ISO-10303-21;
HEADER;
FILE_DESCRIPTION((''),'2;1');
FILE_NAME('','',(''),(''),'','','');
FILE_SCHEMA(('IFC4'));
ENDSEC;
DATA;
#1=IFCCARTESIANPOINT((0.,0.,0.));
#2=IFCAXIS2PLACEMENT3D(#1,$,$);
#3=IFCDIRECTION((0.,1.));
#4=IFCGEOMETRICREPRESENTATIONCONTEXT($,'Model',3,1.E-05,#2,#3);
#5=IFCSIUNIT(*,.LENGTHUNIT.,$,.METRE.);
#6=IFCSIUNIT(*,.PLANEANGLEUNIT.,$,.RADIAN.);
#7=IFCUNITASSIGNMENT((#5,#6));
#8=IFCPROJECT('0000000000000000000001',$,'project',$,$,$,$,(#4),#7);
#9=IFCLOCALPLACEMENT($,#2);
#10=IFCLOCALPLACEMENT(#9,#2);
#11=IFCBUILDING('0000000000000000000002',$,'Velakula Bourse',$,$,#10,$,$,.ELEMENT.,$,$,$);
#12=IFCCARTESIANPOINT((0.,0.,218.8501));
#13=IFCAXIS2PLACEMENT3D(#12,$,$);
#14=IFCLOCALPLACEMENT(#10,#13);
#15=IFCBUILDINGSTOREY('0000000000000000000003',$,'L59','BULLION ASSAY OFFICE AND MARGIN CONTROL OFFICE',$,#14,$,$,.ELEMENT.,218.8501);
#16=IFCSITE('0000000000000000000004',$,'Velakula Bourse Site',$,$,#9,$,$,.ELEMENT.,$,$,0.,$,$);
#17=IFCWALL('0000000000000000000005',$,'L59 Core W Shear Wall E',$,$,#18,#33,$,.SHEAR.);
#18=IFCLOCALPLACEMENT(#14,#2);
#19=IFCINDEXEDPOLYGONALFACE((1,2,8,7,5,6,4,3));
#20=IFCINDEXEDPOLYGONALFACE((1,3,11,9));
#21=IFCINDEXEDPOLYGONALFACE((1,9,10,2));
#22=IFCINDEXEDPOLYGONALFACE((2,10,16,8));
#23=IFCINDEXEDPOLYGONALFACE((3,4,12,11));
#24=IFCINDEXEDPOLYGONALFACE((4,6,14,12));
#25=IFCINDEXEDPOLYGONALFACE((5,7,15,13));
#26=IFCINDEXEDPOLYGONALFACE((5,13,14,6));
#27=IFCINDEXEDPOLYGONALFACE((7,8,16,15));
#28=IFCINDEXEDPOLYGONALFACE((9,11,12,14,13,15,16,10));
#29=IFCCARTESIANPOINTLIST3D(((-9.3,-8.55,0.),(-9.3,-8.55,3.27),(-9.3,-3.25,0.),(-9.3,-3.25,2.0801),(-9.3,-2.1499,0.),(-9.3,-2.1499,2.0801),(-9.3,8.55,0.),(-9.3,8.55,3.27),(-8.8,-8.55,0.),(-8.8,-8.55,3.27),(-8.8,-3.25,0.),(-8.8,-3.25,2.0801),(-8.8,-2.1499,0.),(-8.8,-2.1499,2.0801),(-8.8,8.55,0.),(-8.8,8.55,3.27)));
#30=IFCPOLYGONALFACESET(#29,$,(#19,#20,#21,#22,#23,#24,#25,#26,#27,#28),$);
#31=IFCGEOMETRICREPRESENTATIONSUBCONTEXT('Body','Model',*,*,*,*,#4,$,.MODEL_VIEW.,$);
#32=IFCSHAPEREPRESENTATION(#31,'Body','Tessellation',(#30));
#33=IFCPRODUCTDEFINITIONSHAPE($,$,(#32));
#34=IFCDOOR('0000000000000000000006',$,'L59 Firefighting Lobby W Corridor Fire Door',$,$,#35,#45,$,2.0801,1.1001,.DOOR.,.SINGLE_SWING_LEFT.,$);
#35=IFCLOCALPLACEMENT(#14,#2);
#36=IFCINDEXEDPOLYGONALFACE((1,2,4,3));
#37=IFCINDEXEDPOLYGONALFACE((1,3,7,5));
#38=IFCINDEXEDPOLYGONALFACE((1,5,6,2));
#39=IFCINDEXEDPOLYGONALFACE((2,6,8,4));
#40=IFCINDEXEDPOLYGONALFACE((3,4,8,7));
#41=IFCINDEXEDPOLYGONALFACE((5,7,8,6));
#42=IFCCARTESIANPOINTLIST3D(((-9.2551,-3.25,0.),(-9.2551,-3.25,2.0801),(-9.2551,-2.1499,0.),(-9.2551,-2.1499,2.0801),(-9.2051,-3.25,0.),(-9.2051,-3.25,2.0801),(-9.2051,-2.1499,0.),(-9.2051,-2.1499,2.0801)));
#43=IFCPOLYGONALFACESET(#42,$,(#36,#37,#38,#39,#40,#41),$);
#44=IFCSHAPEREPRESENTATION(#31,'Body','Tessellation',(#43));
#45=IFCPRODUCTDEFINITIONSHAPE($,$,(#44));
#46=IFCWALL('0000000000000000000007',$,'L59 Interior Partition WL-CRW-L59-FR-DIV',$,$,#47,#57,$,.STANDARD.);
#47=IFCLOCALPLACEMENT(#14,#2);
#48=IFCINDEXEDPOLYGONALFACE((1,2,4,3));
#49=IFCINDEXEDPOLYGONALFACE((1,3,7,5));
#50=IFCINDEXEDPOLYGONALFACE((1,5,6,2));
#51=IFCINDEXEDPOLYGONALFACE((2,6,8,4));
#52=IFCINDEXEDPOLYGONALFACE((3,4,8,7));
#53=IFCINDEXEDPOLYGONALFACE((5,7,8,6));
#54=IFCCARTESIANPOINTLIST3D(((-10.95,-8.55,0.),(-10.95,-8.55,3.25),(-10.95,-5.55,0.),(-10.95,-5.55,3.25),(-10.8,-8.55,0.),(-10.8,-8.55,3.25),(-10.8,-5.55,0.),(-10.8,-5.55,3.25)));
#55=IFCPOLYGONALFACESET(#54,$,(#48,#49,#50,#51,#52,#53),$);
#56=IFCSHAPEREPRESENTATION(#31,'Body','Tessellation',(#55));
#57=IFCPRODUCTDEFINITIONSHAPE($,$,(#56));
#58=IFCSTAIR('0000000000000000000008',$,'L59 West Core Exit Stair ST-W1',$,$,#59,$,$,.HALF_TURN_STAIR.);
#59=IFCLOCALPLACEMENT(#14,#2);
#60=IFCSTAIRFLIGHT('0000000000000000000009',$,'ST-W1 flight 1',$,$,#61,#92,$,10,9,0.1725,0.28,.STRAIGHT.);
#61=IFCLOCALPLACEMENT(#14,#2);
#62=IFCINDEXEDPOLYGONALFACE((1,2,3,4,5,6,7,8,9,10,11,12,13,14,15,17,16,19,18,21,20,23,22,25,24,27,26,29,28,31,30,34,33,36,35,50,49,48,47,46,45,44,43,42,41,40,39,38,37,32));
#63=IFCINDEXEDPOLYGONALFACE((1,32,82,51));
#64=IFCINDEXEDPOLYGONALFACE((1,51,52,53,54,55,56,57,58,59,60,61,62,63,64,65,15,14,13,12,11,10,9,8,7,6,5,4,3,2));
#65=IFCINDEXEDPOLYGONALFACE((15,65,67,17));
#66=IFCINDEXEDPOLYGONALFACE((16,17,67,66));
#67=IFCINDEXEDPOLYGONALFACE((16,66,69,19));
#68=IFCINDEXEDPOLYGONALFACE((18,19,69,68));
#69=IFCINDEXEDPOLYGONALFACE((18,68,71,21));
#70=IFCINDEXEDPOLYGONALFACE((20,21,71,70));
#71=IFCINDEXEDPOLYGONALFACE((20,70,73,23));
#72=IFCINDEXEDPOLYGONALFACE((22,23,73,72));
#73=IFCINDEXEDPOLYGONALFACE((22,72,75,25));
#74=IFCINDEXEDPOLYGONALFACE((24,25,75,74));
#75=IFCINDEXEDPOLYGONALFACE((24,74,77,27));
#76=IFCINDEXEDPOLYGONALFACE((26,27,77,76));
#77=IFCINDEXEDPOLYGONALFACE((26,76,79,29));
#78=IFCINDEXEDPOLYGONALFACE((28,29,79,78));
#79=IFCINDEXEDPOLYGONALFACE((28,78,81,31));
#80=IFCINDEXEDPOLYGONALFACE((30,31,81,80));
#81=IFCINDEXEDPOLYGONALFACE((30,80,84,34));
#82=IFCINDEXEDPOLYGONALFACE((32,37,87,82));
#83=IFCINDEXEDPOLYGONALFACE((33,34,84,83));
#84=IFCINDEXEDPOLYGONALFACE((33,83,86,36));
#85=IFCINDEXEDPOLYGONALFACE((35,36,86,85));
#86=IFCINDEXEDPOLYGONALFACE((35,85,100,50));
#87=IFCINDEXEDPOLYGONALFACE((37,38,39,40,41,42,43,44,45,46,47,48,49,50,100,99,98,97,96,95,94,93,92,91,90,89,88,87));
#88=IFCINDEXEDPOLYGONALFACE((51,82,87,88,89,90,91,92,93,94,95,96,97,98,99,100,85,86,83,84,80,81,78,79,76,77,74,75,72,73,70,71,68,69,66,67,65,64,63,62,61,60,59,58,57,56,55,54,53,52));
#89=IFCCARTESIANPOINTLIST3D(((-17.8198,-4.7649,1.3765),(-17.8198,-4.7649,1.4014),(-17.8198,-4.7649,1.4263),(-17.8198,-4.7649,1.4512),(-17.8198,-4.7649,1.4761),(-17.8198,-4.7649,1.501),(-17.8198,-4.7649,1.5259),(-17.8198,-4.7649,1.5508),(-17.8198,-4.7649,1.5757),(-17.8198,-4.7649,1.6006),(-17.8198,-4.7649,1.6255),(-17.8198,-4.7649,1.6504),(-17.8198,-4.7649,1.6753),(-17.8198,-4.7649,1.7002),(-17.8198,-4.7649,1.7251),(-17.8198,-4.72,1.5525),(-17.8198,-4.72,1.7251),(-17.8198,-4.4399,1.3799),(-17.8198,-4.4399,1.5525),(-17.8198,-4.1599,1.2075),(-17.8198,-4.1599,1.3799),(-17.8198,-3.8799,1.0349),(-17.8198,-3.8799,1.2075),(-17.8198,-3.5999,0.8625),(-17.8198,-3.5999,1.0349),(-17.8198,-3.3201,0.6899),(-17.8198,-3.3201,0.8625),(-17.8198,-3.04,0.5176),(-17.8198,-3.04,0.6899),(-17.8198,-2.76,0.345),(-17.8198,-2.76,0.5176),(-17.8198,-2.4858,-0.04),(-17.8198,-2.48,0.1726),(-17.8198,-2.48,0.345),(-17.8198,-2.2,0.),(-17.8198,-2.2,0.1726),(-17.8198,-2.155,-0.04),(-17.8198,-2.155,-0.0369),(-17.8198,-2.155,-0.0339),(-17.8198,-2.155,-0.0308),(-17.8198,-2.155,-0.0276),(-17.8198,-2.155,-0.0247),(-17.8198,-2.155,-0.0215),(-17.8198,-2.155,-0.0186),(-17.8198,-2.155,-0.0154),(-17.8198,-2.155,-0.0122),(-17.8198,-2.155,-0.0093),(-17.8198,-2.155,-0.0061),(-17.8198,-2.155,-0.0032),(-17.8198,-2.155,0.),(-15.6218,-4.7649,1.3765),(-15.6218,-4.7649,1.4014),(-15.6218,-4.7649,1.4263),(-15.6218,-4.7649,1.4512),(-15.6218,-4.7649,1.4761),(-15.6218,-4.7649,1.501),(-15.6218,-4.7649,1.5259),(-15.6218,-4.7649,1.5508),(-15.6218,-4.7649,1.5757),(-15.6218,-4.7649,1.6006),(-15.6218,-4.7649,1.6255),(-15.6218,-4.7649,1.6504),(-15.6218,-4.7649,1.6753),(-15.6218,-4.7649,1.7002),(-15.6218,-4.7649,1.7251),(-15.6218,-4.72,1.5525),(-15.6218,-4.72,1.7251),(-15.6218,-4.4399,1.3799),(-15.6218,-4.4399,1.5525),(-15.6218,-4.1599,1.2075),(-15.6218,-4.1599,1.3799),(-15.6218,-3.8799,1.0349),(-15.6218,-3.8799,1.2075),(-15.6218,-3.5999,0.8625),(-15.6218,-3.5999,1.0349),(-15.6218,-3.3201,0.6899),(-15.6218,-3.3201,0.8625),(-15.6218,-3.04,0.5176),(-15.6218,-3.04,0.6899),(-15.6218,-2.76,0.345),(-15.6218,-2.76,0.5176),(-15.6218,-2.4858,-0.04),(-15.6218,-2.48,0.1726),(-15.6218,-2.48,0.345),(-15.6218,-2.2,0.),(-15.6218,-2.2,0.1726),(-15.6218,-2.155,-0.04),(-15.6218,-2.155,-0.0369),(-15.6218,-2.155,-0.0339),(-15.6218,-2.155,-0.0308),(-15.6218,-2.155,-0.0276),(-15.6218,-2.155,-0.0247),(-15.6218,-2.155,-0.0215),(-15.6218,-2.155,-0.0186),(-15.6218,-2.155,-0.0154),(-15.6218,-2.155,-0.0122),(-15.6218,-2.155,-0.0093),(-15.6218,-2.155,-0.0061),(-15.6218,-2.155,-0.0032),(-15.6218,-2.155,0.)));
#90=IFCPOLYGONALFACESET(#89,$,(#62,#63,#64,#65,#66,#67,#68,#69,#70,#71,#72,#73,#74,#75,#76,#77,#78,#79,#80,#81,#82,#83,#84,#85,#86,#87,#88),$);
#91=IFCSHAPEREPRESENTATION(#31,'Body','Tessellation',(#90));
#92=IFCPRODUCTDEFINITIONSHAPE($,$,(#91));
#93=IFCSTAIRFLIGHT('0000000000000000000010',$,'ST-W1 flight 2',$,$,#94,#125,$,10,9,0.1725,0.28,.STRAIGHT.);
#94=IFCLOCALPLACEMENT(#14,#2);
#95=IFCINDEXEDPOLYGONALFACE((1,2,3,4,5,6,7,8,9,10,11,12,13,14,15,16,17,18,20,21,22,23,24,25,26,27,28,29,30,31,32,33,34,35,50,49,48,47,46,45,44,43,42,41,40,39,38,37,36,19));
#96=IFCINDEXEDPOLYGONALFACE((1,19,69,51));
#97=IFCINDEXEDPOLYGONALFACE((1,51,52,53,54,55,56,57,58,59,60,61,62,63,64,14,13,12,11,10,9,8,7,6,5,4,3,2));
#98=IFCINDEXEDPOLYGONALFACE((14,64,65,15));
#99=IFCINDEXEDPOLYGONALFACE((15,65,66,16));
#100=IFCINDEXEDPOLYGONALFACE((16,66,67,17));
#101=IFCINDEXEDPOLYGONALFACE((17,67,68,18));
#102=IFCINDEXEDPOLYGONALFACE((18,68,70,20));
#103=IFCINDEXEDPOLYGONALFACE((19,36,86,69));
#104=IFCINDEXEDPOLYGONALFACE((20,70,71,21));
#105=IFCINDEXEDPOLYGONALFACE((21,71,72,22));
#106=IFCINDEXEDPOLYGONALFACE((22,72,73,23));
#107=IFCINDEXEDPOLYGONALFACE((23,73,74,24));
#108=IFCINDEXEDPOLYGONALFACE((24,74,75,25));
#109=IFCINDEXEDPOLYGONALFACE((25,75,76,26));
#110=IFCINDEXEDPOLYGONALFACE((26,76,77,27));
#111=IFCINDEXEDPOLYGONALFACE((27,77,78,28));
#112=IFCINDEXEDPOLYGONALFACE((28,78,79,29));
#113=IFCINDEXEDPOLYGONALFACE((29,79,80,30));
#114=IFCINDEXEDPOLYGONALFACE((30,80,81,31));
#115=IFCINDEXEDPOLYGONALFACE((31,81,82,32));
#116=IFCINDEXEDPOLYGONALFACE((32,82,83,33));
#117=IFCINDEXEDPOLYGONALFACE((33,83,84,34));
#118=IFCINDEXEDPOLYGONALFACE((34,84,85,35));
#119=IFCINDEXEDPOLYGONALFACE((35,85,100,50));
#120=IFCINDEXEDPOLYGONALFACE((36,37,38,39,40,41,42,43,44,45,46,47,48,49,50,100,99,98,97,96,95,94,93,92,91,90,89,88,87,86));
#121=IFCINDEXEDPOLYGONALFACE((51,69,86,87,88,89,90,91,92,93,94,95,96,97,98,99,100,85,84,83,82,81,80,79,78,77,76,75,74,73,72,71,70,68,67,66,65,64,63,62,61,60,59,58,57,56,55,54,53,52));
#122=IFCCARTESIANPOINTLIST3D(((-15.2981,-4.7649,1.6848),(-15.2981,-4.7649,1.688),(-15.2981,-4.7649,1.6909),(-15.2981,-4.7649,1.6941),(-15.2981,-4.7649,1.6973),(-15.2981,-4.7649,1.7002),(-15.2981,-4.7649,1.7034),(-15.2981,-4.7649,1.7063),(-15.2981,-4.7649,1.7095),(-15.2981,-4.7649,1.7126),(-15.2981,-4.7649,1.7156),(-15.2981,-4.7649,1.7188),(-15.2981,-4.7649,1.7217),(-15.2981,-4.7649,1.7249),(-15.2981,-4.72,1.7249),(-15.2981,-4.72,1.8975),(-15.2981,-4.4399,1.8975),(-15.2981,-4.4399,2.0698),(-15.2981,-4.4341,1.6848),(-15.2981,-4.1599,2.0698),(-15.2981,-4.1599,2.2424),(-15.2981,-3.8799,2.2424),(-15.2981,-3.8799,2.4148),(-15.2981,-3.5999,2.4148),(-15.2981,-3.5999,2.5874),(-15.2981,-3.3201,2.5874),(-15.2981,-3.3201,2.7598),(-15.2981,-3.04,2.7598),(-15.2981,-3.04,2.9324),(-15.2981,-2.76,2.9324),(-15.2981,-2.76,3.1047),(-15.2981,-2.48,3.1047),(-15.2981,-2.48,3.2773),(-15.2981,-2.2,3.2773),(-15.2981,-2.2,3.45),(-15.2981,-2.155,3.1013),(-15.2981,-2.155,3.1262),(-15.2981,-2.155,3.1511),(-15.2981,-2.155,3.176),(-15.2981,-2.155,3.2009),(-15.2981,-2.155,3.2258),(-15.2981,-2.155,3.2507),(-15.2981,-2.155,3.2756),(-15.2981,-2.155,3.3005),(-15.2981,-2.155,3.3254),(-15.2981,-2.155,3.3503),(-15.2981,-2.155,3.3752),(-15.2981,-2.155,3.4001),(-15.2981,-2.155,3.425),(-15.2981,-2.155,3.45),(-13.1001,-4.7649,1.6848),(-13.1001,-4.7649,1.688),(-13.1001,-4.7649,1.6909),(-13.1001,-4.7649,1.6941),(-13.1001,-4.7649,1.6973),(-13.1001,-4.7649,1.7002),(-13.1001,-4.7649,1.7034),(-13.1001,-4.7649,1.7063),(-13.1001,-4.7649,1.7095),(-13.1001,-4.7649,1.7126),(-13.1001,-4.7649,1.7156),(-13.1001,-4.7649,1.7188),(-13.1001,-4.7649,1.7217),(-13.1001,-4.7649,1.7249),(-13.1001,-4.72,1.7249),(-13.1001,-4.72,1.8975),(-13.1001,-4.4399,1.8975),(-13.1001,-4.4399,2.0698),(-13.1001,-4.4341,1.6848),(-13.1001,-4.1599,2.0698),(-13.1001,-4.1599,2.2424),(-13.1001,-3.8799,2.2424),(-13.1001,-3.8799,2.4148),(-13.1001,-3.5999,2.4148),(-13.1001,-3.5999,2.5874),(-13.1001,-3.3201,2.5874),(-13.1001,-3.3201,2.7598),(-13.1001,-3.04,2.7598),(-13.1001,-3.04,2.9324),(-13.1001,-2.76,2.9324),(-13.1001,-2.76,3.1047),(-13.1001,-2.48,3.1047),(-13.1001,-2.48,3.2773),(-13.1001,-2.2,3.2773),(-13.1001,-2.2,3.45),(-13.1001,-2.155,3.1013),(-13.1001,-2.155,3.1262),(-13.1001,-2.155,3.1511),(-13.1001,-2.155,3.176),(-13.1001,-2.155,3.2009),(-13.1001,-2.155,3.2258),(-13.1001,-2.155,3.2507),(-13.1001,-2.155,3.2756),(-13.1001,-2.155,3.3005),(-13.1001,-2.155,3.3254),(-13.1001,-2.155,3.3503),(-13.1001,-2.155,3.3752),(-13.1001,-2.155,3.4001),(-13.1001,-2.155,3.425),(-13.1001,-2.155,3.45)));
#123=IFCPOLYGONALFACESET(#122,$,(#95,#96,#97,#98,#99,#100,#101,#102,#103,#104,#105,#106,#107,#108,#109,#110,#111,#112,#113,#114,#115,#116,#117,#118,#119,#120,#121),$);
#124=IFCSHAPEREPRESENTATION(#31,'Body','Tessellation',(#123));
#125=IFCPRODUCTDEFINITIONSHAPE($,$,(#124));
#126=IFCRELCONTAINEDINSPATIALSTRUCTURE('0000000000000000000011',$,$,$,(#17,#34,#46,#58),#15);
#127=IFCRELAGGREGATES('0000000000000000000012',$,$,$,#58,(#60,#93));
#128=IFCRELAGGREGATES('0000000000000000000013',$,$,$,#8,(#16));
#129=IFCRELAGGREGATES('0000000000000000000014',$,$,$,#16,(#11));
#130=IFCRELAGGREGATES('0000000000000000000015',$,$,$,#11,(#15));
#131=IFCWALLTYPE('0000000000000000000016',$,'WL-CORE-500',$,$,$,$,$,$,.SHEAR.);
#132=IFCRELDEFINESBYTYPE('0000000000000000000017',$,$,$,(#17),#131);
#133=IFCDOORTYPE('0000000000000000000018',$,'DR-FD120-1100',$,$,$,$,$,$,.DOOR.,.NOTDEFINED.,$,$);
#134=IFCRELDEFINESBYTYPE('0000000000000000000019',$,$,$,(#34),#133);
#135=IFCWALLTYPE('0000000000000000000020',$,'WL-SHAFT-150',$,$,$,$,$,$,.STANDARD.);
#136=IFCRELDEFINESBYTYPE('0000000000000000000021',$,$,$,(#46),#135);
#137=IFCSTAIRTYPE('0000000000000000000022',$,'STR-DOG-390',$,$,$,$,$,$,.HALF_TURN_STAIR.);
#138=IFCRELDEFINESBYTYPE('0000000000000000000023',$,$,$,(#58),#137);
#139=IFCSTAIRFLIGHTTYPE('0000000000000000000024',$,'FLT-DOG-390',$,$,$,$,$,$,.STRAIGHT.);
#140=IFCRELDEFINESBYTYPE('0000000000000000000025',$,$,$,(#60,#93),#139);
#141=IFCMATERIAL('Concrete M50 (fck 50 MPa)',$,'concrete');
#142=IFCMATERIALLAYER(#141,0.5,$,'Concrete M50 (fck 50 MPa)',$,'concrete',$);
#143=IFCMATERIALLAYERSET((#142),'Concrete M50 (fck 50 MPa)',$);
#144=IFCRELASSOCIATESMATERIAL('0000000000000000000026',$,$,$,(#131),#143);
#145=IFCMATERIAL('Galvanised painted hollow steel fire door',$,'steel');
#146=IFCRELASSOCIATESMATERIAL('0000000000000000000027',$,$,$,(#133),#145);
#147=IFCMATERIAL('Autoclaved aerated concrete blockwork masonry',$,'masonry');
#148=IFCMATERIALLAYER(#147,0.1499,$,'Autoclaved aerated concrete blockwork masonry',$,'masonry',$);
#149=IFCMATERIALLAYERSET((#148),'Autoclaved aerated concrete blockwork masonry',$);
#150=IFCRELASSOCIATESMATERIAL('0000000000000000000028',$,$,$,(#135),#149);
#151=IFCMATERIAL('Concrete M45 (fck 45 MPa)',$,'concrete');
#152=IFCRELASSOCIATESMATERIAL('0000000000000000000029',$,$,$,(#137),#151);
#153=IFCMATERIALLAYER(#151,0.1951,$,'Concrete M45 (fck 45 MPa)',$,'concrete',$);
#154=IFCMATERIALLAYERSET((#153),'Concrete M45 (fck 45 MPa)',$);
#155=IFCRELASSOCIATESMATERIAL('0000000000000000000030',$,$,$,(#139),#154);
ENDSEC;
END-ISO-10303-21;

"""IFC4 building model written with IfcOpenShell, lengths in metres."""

from ifc_helpers import new_model, si_unit, direction, frame, frame_2d, origin, place, context, subcontext, project, spatial, polyline, rectangle, outline, extrude, material, layer, layer_set, type_object, element, fill, aggregate, save


model = new_model("IFC4")

# Units and contexts
model_context = context("Model", 3, precision=1e-05, world=origin(), true_north=direction((0.0, 1.0)))
body_context = subcontext(model_context, "Body", "Model", "MODEL_VIEW")
ifc_project = project(units=[si_unit("LENGTHUNIT", "METRE"), si_unit("PLANEANGLEUNIT", "RADIAN")], contexts=[model_context])

# Site, building, storey
site_placement = place(None, origin())
site = spatial("IfcSite", under=ifc_project, at=site_placement, Name="Velakula Bourse Site", CompositionType="ELEMENT", RefElevation=0.0)
building_placement = place(site_placement, origin())
building = spatial("IfcBuilding", under=site, at=building_placement, Name="Velakula Bourse", CompositionType="ELEMENT")
storey_placement = place(building_placement, frame((0.0, 0.0, 218.8501)))
storey = spatial("IfcBuildingStorey", under=building, at=storey_placement, Name="L59", Description="BULLION ASSAY OFFICE AND MARGIN CONTROL OFFICE", CompositionType="ELEMENT", Elevation=218.8501)

# Shared definitions
ifc_material_1 = material(Name="Concrete M50 (fck 50 MPa)", Category="concrete")

# Shared definitions
ifc_material_2 = material(Name="Galvanised painted hollow steel fire door", Category="steel")

# Wall, opening, door
ifc_layer_1 = layer(ifc_material_1, 0.5, Name="Concrete M50 (fck 50 MPa)", Category="concrete")
ifc_layer_set_1 = layer_set([ifc_layer_1], Name="Concrete M50 (fck 50 MPa)")
wall_type_1 = type_object("IfcWallType", Name="WL-CORE-500", PredefinedType="SHEAR", material=ifc_layer_set_1)
wall_1_placement = place(storey_placement, frame((-9.05, -8.55, 0.0), z_axis=(0.0, 0.0, 1.0), x_axis=(0.0, 1.0, 0.0)))
wall_1 = element("IfcWall", 1, at=wall_1_placement, inside=storey, type_object=wall_type_1, Name="L59 Core W Shear Wall E", PredefinedType="SHEAR", context=body_context, shape_type="SweptSolid", body=[
    extrude(rectangle(XDim=17.1001, YDim=0.5, at=frame_2d((8.55, 0.0))), origin(), (0.0, 0.0, 1.0), 3.27),
])
opening_1_placement = place(wall_1_placement, frame((5.3, 0.0, 0.0)))
opening_1 = element("IfcOpeningElement", 2, at=opening_1_placement, cuts=wall_1, PredefinedType="OPENING", context=body_context, shape_type="SweptSolid", body=[
    extrude(rectangle(XDim=1.1001, YDim=2.0801, at=frame_2d((0.55, 1.04))), frame((0.0, 0.26, 0.0), z_axis=(0.0, -1.0, 0.0), x_axis=(1.0, 0.0, 0.0)), (0.0, 0.0, 1.0), 0.52),
])
door_type_1 = type_object("IfcDoorType", Name="DR-FD120-1100", OperationType="NOTDEFINED", PredefinedType="DOOR", material=ifc_material_2)
door_1_placement = place(opening_1_placement, origin())
door_1 = element("IfcDoor", 3, at=door_1_placement, inside=storey, type_object=door_type_1, Name="L59 Firefighting Lobby W Corridor Fire Door", OperationType="SINGLE_SWING_LEFT", OverallHeight=2.0801, OverallWidth=1.1001, PredefinedType="DOOR", context=body_context, shape_type="SweptSolid", body=[
    extrude(rectangle(XDim=1.1001, YDim=2.0801, at=frame_2d((0.55, 1.04))), frame((0.0, 0.2051, 0.0), z_axis=(0.0, -1.0, 0.0), x_axis=(1.0, 0.0, 0.0)), (0.0, 0.0, 1.0), 0.05),
])
fill(opening_1, door_1)

# Shared definitions
ifc_material_3 = material(Name="Autoclaved aerated concrete blockwork masonry", Category="masonry")
ifc_layer_2 = layer(ifc_material_3, 0.1499, Name="Autoclaved aerated concrete blockwork masonry", Category="masonry")
ifc_layer_set_2 = layer_set([ifc_layer_2], Name="Autoclaved aerated concrete blockwork masonry")
wall_type_2 = type_object("IfcWallType", Name="WL-SHAFT-150", PredefinedType="STANDARD", material=ifc_layer_set_2)

# Wall
wall_2_placement = place(storey_placement, frame((-10.875, -8.55, 0.0), z_axis=(0.0, 0.0, 1.0), x_axis=(0.0, 1.0, 0.0)))
element("IfcWall", 4, at=wall_2_placement, inside=storey, type_object=wall_type_2, Name="L59 Interior Partition WL-CRW-L59-FR-DIV", PredefinedType="STANDARD", context=body_context, shape_type="SweptSolid", body=[
    extrude(rectangle(XDim=3.0, YDim=0.1499, at=frame_2d((1.5, 0.0))), origin(), (0.0, 0.0, 1.0), 3.25),
])

# Stair, stair flights
ifc_material_4 = material(Name="Concrete M45 (fck 45 MPa)", Category="concrete")
stair_type = type_object("IfcStairType", Name="STR-DOG-390", PredefinedType="HALF_TURN_STAIR", material=ifc_material_4)
stair_placement = place(storey_placement, origin())
stair = element("IfcStair", 5, at=stair_placement, inside=storey, type_object=stair_type, Name="L59 West Core Exit Stair ST-W1", PredefinedType="HALF_TURN_STAIR")
ifc_layer_3 = layer(ifc_material_4, 0.1951, Name="Concrete M45 (fck 45 MPa)", Category="concrete")
ifc_layer_set_3 = layer_set([ifc_layer_3], Name="Concrete M45 (fck 45 MPa)")
stair_flight_type = type_object("IfcStairFlightType", Name="FLT-DOG-390", PredefinedType="STRAIGHT", material=ifc_layer_set_3)
stair_flight_1_placement = place(storey_placement, frame((-16.7209, -2.2, 0.0), z_axis=(0.0, 0.0, 1.0), x_axis=(0.0, -1.0, 0.0)))
stair_flight_1 = element("IfcStairFlight", 6, at=stair_flight_1_placement, type_object=stair_flight_type, Name="ST-W1 flight 1", NumberOfRisers=10, NumberOfTreads=9, PredefinedType="STRAIGHT", RiserHeight=0.1725, TreadLength=0.28, context=body_context, shape_type="SweptSolid", body=[
    extrude(outline(polyline([(-0.0449, -0.04), (-0.0449, -0.0369), (-0.0449, -0.0339), (-0.0449, -0.0308), (-0.0449, -0.0276), (-0.0449, -0.0247), (-0.0449, -0.0215), (-0.0449, -0.0186), (-0.0449, -0.0154), (-0.0449, -0.0122), (-0.0449, -0.0093), (-0.0449, -0.0061), (-0.0449, -0.0032), (-0.0449, 0.0), (0.0, 0.0), (0.0, 0.1726), (0.28, 0.1726), (0.28, 0.345), (0.5601, 0.345), (0.5601, 0.5176), (0.8401, 0.5176), (0.8401, 0.6899), (1.1201, 0.6899), (1.1201, 0.8625), (1.3999, 0.8625), (1.3999, 1.0349), (1.6799, 1.0349), (1.6799, 1.2075), (1.96, 1.2075), (1.96, 1.3799), (2.24, 1.3799), (2.24, 1.5525), (2.52, 1.5525), (2.52, 1.7251), (2.5649, 1.7251), (2.5649, 1.7002), (2.5649, 1.6753), (2.5649, 1.6504), (2.5649, 1.6255), (2.5649, 1.6006), (2.5649, 1.5757), (2.5649, 1.5508), (2.5649, 1.5259), (2.5649, 1.501), (2.5649, 1.4761), (2.5649, 1.4512), (2.5649, 1.4263), (2.5649, 1.4014), (2.5649, 1.3765), (0.2859, -0.04), (-0.0449, -0.04)])), frame((0.0, 1.0991, 0.0), z_axis=(0.0, -1.0, 0.0), x_axis=(1.0, 0.0, 0.0)), (0.0, 0.0, 1.0), 2.198),
])
stair_flight_2_placement = place(storey_placement, frame((-14.199, -4.72, 1.7249), z_axis=(0.0, 0.0, 1.0), x_axis=(0.0, 1.0, 0.0)))
stair_flight_2 = element("IfcStairFlight", 7, at=stair_flight_2_placement, type_object=stair_flight_type, Name="ST-W1 flight 2", NumberOfRisers=10, NumberOfTreads=9, PredefinedType="STRAIGHT", RiserHeight=0.1725, TreadLength=0.28, context=body_context, shape_type="SweptSolid", body=[
    extrude(outline(polyline([(-0.0449, -0.04), (-0.0449, -0.0369), (-0.0449, -0.0339), (-0.0449, -0.0308), (-0.0449, -0.0276), (-0.0449, -0.0247), (-0.0449, -0.0215), (-0.0449, -0.0186), (-0.0449, -0.0154), (-0.0449, -0.0122), (-0.0449, -0.0093), (-0.0449, -0.0061), (-0.0449, -0.0032), (-0.0449, 0.0), (0.0, 0.0), (0.0, 0.1726), (0.28, 0.1726), (0.28, 0.345), (0.5601, 0.345), (0.5601, 0.5176), (0.8401, 0.5176), (0.8401, 0.6899), (1.1201, 0.6899), (1.1201, 0.8625), (1.3999, 0.8625), (1.3999, 1.0349), (1.6799, 1.0349), (1.6799, 1.2075), (1.96, 1.2075), (1.96, 1.3799), (2.24, 1.3799), (2.24, 1.5525), (2.52, 1.5525), (2.52, 1.7251), (2.5649, 1.7251), (2.5649, 1.7002), (2.5649, 1.6753), (2.5649, 1.6504), (2.5649, 1.6255), (2.5649, 1.6006), (2.5649, 1.5757), (2.5649, 1.5508), (2.5649, 1.5259), (2.5649, 1.501), (2.5649, 1.4761), (2.5649, 1.4512), (2.5649, 1.4263), (2.5649, 1.4014), (2.5649, 1.3765), (0.2859, -0.04), (-0.0449, -0.04)])), frame((0.0, 1.0991, 0.0), z_axis=(0.0, -1.0, 0.0), x_axis=(1.0, 0.0, 0.0)), (0.0, 0.0, 1.0), 2.198),
])
aggregate(stair, [stair_flight_1, stair_flight_2])

save(model, "model.ifc")
